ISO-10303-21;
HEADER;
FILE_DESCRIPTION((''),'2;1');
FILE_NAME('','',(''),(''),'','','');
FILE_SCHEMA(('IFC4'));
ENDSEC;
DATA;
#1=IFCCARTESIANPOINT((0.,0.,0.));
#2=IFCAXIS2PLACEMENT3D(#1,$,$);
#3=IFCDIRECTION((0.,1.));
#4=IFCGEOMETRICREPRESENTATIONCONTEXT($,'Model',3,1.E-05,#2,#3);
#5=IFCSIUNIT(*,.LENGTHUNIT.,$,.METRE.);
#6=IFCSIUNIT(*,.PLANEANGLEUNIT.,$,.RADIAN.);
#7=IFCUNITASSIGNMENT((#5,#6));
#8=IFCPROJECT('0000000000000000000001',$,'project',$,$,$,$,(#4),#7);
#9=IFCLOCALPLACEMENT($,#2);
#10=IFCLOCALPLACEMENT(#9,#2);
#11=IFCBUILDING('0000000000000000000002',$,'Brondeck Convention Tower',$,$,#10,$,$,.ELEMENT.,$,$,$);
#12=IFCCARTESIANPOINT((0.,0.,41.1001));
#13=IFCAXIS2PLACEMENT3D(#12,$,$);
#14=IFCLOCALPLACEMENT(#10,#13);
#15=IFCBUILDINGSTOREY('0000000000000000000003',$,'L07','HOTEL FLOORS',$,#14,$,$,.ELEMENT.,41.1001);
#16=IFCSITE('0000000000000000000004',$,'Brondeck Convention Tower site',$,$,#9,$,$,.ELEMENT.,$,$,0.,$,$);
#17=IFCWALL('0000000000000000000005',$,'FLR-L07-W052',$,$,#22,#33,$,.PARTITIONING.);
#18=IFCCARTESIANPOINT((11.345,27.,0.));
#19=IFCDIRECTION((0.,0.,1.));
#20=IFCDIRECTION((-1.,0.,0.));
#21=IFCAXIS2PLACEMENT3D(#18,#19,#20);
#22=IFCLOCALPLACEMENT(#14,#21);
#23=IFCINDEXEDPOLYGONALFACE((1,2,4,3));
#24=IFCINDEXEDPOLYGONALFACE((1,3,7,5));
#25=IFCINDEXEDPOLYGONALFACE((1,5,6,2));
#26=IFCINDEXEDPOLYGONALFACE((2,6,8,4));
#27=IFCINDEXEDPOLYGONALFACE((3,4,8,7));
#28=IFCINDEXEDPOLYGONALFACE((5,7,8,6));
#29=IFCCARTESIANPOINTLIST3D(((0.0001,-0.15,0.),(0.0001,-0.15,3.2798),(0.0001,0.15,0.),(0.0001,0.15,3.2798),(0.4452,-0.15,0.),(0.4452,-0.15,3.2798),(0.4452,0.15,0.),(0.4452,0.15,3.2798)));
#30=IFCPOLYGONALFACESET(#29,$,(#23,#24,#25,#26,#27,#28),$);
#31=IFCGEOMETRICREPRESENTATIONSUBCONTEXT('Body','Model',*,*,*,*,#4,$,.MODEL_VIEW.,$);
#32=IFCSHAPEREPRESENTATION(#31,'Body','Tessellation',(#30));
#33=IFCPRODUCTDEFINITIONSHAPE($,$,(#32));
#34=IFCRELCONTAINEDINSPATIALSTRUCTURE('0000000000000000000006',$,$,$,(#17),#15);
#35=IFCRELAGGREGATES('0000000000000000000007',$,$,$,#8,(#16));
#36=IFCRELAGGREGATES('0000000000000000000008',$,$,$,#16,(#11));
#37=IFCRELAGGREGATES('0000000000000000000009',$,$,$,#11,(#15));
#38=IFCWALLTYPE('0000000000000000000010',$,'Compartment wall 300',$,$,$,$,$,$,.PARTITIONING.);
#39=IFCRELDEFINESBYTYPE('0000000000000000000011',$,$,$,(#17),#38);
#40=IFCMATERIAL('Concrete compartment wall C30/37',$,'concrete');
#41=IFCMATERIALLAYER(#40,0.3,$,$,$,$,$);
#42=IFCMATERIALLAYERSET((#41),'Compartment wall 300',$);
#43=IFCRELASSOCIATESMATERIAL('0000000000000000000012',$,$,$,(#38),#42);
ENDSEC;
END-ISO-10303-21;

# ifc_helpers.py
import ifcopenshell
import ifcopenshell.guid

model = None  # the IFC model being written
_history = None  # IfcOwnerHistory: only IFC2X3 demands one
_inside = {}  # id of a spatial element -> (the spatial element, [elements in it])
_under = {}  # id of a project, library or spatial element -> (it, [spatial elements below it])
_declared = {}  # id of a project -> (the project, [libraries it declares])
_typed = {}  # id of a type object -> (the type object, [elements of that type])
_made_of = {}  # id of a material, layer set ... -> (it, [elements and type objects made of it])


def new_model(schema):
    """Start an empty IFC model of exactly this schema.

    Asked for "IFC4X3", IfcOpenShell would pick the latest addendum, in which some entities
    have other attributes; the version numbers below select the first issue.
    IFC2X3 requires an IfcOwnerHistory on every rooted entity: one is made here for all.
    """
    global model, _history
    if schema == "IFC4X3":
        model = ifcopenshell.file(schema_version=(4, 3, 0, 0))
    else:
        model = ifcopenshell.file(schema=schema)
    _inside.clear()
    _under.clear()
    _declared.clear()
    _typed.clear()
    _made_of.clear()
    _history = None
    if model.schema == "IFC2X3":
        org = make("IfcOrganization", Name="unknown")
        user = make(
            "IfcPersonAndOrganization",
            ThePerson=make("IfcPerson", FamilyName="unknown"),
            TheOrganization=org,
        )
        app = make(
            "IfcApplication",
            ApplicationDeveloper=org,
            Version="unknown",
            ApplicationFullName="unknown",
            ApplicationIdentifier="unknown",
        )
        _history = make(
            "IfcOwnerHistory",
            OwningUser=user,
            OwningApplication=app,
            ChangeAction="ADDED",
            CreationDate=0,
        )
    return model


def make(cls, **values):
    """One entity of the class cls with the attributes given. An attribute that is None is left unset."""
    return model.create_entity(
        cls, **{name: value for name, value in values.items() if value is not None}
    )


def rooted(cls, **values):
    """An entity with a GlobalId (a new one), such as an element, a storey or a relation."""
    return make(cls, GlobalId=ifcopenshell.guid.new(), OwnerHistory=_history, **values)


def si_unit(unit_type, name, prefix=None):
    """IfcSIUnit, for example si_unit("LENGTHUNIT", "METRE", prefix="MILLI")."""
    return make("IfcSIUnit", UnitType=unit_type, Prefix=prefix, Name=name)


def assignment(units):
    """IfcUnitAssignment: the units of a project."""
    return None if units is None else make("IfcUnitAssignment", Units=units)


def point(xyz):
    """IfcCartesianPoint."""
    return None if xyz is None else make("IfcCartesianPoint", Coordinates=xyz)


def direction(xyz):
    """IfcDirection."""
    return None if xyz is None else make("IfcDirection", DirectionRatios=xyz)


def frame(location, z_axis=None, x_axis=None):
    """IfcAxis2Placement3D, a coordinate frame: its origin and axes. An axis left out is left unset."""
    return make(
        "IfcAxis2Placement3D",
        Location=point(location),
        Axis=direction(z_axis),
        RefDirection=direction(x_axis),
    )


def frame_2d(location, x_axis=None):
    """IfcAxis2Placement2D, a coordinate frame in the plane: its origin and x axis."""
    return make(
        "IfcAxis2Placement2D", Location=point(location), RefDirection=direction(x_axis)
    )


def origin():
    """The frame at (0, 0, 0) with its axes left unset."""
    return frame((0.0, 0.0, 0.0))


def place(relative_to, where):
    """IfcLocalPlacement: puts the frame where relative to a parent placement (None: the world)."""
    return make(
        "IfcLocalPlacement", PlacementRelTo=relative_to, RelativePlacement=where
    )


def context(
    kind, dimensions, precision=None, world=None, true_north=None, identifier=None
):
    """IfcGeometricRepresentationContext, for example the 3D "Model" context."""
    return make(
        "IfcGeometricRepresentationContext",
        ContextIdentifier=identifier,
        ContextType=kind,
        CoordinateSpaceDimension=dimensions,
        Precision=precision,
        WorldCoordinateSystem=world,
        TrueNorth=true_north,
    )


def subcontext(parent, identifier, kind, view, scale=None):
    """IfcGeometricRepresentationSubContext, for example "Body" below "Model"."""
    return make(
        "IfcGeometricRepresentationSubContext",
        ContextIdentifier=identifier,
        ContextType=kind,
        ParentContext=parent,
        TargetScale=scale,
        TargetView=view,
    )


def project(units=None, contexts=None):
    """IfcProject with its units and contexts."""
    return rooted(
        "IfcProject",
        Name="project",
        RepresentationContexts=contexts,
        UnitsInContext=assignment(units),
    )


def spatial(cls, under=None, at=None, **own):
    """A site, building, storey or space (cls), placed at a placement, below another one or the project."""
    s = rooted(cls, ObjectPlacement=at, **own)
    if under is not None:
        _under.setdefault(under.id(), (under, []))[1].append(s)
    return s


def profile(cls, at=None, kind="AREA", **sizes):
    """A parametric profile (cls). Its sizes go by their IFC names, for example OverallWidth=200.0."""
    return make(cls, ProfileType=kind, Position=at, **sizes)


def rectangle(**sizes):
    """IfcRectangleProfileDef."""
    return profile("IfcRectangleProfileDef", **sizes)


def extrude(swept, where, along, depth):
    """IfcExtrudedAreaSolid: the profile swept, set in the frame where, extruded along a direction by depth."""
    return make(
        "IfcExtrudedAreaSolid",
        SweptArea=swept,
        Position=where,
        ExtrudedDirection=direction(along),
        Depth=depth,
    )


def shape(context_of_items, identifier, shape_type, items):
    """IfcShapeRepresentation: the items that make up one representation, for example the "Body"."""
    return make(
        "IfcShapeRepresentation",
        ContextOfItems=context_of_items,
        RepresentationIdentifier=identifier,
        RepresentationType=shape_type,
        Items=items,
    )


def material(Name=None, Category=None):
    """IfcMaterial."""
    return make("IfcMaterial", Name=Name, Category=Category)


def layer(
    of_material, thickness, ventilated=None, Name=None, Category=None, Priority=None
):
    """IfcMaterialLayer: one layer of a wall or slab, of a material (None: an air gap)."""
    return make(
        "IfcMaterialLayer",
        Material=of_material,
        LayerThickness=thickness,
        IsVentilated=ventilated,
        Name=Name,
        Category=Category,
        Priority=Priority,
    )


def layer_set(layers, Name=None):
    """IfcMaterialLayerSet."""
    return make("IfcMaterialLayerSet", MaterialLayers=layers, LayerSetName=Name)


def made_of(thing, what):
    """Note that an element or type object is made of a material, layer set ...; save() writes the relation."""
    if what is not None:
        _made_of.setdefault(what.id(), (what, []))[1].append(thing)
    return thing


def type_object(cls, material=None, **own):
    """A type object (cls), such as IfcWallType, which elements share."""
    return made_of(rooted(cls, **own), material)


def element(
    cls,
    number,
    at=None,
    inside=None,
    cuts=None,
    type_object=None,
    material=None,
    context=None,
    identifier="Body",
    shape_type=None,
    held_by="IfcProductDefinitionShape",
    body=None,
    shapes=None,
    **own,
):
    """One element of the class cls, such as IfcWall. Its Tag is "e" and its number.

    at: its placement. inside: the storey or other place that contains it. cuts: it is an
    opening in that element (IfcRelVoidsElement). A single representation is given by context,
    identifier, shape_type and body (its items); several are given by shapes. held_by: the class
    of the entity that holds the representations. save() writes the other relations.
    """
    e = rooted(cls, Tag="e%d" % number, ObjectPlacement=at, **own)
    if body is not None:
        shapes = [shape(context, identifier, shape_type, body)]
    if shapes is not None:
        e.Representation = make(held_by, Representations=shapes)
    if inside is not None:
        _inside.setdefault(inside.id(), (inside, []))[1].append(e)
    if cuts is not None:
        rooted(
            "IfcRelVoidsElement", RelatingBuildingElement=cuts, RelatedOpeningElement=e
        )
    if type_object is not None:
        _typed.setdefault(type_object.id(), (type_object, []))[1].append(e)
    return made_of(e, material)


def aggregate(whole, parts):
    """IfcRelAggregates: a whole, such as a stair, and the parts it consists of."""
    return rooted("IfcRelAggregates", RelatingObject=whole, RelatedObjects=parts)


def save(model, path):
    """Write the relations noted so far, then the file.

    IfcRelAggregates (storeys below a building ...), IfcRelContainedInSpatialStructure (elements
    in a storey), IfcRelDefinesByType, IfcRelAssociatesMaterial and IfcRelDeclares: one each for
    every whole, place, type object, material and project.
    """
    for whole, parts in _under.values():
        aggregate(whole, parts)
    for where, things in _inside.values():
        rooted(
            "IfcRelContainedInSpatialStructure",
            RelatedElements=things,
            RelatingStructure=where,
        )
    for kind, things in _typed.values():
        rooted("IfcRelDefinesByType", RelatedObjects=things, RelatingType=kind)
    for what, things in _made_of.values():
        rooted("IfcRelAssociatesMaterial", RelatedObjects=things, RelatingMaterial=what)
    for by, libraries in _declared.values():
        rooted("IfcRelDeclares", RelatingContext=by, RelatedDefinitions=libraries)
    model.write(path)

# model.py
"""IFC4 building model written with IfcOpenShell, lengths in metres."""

from ifc_helpers import new_model, si_unit, direction, frame, frame_2d, origin, place, context, subcontext, project, spatial, rectangle, extrude, material, layer, layer_set, type_object, element, save


model = new_model("IFC4")

# Units and contexts
model_context = context("Model", 3, precision=1e-05, world=origin(), true_north=direction((0.0, 1.0)))
body_context = subcontext(model_context, "Body", "Model", "MODEL_VIEW")
ifc_project = project(units=[si_unit("LENGTHUNIT", "METRE"), si_unit("PLANEANGLEUNIT", "RADIAN")], contexts=[model_context])

# Site, building, storey
site_placement = place(None, origin())
site = spatial("IfcSite", under=ifc_project, at=site_placement, Name="Brondeck Convention Tower site", CompositionType="ELEMENT", RefElevation=0.0)
building_placement = place(site_placement, origin())
building = spatial("IfcBuilding", under=site, at=building_placement, Name="Brondeck Convention Tower", CompositionType="ELEMENT")
storey_placement = place(building_placement, frame((0.0, 0.0, 41.1001)))
storey = spatial("IfcBuildingStorey", under=building, at=storey_placement, Name="L07", Description="HOTEL FLOORS", CompositionType="ELEMENT", Elevation=41.1001)

# Wall
ifc_material_1 = material(Name="Concrete compartment wall C30/37", Category="concrete")
ifc_layer_1 = layer(ifc_material_1, 0.3)
ifc_layer_set_1 = layer_set([ifc_layer_1], Name="Compartment wall 300")
wall_type_1 = type_object("IfcWallType", Name="Compartment wall 300", PredefinedType="PARTITIONING", material=ifc_layer_set_1)
wall_1_placement = place(storey_placement, frame((11.345, 27.0, 0.0), z_axis=(0.0, 0.0, 1.0), x_axis=(-1.0, 0.0, 0.0)))
element("IfcWall", 1, at=wall_1_placement, inside=storey, type_object=wall_type_1, Name="FLR-L07-W052", PredefinedType="PARTITIONING", context=body_context, shape_type="SweptSolid", body=[
    extrude(rectangle(XDim=0.4451, YDim=0.3, at=frame_2d((0.2227, 0.0))), origin(), (0.0, 0.0, 1.0), 3.2798),
])

save(model, "model.ifc")
